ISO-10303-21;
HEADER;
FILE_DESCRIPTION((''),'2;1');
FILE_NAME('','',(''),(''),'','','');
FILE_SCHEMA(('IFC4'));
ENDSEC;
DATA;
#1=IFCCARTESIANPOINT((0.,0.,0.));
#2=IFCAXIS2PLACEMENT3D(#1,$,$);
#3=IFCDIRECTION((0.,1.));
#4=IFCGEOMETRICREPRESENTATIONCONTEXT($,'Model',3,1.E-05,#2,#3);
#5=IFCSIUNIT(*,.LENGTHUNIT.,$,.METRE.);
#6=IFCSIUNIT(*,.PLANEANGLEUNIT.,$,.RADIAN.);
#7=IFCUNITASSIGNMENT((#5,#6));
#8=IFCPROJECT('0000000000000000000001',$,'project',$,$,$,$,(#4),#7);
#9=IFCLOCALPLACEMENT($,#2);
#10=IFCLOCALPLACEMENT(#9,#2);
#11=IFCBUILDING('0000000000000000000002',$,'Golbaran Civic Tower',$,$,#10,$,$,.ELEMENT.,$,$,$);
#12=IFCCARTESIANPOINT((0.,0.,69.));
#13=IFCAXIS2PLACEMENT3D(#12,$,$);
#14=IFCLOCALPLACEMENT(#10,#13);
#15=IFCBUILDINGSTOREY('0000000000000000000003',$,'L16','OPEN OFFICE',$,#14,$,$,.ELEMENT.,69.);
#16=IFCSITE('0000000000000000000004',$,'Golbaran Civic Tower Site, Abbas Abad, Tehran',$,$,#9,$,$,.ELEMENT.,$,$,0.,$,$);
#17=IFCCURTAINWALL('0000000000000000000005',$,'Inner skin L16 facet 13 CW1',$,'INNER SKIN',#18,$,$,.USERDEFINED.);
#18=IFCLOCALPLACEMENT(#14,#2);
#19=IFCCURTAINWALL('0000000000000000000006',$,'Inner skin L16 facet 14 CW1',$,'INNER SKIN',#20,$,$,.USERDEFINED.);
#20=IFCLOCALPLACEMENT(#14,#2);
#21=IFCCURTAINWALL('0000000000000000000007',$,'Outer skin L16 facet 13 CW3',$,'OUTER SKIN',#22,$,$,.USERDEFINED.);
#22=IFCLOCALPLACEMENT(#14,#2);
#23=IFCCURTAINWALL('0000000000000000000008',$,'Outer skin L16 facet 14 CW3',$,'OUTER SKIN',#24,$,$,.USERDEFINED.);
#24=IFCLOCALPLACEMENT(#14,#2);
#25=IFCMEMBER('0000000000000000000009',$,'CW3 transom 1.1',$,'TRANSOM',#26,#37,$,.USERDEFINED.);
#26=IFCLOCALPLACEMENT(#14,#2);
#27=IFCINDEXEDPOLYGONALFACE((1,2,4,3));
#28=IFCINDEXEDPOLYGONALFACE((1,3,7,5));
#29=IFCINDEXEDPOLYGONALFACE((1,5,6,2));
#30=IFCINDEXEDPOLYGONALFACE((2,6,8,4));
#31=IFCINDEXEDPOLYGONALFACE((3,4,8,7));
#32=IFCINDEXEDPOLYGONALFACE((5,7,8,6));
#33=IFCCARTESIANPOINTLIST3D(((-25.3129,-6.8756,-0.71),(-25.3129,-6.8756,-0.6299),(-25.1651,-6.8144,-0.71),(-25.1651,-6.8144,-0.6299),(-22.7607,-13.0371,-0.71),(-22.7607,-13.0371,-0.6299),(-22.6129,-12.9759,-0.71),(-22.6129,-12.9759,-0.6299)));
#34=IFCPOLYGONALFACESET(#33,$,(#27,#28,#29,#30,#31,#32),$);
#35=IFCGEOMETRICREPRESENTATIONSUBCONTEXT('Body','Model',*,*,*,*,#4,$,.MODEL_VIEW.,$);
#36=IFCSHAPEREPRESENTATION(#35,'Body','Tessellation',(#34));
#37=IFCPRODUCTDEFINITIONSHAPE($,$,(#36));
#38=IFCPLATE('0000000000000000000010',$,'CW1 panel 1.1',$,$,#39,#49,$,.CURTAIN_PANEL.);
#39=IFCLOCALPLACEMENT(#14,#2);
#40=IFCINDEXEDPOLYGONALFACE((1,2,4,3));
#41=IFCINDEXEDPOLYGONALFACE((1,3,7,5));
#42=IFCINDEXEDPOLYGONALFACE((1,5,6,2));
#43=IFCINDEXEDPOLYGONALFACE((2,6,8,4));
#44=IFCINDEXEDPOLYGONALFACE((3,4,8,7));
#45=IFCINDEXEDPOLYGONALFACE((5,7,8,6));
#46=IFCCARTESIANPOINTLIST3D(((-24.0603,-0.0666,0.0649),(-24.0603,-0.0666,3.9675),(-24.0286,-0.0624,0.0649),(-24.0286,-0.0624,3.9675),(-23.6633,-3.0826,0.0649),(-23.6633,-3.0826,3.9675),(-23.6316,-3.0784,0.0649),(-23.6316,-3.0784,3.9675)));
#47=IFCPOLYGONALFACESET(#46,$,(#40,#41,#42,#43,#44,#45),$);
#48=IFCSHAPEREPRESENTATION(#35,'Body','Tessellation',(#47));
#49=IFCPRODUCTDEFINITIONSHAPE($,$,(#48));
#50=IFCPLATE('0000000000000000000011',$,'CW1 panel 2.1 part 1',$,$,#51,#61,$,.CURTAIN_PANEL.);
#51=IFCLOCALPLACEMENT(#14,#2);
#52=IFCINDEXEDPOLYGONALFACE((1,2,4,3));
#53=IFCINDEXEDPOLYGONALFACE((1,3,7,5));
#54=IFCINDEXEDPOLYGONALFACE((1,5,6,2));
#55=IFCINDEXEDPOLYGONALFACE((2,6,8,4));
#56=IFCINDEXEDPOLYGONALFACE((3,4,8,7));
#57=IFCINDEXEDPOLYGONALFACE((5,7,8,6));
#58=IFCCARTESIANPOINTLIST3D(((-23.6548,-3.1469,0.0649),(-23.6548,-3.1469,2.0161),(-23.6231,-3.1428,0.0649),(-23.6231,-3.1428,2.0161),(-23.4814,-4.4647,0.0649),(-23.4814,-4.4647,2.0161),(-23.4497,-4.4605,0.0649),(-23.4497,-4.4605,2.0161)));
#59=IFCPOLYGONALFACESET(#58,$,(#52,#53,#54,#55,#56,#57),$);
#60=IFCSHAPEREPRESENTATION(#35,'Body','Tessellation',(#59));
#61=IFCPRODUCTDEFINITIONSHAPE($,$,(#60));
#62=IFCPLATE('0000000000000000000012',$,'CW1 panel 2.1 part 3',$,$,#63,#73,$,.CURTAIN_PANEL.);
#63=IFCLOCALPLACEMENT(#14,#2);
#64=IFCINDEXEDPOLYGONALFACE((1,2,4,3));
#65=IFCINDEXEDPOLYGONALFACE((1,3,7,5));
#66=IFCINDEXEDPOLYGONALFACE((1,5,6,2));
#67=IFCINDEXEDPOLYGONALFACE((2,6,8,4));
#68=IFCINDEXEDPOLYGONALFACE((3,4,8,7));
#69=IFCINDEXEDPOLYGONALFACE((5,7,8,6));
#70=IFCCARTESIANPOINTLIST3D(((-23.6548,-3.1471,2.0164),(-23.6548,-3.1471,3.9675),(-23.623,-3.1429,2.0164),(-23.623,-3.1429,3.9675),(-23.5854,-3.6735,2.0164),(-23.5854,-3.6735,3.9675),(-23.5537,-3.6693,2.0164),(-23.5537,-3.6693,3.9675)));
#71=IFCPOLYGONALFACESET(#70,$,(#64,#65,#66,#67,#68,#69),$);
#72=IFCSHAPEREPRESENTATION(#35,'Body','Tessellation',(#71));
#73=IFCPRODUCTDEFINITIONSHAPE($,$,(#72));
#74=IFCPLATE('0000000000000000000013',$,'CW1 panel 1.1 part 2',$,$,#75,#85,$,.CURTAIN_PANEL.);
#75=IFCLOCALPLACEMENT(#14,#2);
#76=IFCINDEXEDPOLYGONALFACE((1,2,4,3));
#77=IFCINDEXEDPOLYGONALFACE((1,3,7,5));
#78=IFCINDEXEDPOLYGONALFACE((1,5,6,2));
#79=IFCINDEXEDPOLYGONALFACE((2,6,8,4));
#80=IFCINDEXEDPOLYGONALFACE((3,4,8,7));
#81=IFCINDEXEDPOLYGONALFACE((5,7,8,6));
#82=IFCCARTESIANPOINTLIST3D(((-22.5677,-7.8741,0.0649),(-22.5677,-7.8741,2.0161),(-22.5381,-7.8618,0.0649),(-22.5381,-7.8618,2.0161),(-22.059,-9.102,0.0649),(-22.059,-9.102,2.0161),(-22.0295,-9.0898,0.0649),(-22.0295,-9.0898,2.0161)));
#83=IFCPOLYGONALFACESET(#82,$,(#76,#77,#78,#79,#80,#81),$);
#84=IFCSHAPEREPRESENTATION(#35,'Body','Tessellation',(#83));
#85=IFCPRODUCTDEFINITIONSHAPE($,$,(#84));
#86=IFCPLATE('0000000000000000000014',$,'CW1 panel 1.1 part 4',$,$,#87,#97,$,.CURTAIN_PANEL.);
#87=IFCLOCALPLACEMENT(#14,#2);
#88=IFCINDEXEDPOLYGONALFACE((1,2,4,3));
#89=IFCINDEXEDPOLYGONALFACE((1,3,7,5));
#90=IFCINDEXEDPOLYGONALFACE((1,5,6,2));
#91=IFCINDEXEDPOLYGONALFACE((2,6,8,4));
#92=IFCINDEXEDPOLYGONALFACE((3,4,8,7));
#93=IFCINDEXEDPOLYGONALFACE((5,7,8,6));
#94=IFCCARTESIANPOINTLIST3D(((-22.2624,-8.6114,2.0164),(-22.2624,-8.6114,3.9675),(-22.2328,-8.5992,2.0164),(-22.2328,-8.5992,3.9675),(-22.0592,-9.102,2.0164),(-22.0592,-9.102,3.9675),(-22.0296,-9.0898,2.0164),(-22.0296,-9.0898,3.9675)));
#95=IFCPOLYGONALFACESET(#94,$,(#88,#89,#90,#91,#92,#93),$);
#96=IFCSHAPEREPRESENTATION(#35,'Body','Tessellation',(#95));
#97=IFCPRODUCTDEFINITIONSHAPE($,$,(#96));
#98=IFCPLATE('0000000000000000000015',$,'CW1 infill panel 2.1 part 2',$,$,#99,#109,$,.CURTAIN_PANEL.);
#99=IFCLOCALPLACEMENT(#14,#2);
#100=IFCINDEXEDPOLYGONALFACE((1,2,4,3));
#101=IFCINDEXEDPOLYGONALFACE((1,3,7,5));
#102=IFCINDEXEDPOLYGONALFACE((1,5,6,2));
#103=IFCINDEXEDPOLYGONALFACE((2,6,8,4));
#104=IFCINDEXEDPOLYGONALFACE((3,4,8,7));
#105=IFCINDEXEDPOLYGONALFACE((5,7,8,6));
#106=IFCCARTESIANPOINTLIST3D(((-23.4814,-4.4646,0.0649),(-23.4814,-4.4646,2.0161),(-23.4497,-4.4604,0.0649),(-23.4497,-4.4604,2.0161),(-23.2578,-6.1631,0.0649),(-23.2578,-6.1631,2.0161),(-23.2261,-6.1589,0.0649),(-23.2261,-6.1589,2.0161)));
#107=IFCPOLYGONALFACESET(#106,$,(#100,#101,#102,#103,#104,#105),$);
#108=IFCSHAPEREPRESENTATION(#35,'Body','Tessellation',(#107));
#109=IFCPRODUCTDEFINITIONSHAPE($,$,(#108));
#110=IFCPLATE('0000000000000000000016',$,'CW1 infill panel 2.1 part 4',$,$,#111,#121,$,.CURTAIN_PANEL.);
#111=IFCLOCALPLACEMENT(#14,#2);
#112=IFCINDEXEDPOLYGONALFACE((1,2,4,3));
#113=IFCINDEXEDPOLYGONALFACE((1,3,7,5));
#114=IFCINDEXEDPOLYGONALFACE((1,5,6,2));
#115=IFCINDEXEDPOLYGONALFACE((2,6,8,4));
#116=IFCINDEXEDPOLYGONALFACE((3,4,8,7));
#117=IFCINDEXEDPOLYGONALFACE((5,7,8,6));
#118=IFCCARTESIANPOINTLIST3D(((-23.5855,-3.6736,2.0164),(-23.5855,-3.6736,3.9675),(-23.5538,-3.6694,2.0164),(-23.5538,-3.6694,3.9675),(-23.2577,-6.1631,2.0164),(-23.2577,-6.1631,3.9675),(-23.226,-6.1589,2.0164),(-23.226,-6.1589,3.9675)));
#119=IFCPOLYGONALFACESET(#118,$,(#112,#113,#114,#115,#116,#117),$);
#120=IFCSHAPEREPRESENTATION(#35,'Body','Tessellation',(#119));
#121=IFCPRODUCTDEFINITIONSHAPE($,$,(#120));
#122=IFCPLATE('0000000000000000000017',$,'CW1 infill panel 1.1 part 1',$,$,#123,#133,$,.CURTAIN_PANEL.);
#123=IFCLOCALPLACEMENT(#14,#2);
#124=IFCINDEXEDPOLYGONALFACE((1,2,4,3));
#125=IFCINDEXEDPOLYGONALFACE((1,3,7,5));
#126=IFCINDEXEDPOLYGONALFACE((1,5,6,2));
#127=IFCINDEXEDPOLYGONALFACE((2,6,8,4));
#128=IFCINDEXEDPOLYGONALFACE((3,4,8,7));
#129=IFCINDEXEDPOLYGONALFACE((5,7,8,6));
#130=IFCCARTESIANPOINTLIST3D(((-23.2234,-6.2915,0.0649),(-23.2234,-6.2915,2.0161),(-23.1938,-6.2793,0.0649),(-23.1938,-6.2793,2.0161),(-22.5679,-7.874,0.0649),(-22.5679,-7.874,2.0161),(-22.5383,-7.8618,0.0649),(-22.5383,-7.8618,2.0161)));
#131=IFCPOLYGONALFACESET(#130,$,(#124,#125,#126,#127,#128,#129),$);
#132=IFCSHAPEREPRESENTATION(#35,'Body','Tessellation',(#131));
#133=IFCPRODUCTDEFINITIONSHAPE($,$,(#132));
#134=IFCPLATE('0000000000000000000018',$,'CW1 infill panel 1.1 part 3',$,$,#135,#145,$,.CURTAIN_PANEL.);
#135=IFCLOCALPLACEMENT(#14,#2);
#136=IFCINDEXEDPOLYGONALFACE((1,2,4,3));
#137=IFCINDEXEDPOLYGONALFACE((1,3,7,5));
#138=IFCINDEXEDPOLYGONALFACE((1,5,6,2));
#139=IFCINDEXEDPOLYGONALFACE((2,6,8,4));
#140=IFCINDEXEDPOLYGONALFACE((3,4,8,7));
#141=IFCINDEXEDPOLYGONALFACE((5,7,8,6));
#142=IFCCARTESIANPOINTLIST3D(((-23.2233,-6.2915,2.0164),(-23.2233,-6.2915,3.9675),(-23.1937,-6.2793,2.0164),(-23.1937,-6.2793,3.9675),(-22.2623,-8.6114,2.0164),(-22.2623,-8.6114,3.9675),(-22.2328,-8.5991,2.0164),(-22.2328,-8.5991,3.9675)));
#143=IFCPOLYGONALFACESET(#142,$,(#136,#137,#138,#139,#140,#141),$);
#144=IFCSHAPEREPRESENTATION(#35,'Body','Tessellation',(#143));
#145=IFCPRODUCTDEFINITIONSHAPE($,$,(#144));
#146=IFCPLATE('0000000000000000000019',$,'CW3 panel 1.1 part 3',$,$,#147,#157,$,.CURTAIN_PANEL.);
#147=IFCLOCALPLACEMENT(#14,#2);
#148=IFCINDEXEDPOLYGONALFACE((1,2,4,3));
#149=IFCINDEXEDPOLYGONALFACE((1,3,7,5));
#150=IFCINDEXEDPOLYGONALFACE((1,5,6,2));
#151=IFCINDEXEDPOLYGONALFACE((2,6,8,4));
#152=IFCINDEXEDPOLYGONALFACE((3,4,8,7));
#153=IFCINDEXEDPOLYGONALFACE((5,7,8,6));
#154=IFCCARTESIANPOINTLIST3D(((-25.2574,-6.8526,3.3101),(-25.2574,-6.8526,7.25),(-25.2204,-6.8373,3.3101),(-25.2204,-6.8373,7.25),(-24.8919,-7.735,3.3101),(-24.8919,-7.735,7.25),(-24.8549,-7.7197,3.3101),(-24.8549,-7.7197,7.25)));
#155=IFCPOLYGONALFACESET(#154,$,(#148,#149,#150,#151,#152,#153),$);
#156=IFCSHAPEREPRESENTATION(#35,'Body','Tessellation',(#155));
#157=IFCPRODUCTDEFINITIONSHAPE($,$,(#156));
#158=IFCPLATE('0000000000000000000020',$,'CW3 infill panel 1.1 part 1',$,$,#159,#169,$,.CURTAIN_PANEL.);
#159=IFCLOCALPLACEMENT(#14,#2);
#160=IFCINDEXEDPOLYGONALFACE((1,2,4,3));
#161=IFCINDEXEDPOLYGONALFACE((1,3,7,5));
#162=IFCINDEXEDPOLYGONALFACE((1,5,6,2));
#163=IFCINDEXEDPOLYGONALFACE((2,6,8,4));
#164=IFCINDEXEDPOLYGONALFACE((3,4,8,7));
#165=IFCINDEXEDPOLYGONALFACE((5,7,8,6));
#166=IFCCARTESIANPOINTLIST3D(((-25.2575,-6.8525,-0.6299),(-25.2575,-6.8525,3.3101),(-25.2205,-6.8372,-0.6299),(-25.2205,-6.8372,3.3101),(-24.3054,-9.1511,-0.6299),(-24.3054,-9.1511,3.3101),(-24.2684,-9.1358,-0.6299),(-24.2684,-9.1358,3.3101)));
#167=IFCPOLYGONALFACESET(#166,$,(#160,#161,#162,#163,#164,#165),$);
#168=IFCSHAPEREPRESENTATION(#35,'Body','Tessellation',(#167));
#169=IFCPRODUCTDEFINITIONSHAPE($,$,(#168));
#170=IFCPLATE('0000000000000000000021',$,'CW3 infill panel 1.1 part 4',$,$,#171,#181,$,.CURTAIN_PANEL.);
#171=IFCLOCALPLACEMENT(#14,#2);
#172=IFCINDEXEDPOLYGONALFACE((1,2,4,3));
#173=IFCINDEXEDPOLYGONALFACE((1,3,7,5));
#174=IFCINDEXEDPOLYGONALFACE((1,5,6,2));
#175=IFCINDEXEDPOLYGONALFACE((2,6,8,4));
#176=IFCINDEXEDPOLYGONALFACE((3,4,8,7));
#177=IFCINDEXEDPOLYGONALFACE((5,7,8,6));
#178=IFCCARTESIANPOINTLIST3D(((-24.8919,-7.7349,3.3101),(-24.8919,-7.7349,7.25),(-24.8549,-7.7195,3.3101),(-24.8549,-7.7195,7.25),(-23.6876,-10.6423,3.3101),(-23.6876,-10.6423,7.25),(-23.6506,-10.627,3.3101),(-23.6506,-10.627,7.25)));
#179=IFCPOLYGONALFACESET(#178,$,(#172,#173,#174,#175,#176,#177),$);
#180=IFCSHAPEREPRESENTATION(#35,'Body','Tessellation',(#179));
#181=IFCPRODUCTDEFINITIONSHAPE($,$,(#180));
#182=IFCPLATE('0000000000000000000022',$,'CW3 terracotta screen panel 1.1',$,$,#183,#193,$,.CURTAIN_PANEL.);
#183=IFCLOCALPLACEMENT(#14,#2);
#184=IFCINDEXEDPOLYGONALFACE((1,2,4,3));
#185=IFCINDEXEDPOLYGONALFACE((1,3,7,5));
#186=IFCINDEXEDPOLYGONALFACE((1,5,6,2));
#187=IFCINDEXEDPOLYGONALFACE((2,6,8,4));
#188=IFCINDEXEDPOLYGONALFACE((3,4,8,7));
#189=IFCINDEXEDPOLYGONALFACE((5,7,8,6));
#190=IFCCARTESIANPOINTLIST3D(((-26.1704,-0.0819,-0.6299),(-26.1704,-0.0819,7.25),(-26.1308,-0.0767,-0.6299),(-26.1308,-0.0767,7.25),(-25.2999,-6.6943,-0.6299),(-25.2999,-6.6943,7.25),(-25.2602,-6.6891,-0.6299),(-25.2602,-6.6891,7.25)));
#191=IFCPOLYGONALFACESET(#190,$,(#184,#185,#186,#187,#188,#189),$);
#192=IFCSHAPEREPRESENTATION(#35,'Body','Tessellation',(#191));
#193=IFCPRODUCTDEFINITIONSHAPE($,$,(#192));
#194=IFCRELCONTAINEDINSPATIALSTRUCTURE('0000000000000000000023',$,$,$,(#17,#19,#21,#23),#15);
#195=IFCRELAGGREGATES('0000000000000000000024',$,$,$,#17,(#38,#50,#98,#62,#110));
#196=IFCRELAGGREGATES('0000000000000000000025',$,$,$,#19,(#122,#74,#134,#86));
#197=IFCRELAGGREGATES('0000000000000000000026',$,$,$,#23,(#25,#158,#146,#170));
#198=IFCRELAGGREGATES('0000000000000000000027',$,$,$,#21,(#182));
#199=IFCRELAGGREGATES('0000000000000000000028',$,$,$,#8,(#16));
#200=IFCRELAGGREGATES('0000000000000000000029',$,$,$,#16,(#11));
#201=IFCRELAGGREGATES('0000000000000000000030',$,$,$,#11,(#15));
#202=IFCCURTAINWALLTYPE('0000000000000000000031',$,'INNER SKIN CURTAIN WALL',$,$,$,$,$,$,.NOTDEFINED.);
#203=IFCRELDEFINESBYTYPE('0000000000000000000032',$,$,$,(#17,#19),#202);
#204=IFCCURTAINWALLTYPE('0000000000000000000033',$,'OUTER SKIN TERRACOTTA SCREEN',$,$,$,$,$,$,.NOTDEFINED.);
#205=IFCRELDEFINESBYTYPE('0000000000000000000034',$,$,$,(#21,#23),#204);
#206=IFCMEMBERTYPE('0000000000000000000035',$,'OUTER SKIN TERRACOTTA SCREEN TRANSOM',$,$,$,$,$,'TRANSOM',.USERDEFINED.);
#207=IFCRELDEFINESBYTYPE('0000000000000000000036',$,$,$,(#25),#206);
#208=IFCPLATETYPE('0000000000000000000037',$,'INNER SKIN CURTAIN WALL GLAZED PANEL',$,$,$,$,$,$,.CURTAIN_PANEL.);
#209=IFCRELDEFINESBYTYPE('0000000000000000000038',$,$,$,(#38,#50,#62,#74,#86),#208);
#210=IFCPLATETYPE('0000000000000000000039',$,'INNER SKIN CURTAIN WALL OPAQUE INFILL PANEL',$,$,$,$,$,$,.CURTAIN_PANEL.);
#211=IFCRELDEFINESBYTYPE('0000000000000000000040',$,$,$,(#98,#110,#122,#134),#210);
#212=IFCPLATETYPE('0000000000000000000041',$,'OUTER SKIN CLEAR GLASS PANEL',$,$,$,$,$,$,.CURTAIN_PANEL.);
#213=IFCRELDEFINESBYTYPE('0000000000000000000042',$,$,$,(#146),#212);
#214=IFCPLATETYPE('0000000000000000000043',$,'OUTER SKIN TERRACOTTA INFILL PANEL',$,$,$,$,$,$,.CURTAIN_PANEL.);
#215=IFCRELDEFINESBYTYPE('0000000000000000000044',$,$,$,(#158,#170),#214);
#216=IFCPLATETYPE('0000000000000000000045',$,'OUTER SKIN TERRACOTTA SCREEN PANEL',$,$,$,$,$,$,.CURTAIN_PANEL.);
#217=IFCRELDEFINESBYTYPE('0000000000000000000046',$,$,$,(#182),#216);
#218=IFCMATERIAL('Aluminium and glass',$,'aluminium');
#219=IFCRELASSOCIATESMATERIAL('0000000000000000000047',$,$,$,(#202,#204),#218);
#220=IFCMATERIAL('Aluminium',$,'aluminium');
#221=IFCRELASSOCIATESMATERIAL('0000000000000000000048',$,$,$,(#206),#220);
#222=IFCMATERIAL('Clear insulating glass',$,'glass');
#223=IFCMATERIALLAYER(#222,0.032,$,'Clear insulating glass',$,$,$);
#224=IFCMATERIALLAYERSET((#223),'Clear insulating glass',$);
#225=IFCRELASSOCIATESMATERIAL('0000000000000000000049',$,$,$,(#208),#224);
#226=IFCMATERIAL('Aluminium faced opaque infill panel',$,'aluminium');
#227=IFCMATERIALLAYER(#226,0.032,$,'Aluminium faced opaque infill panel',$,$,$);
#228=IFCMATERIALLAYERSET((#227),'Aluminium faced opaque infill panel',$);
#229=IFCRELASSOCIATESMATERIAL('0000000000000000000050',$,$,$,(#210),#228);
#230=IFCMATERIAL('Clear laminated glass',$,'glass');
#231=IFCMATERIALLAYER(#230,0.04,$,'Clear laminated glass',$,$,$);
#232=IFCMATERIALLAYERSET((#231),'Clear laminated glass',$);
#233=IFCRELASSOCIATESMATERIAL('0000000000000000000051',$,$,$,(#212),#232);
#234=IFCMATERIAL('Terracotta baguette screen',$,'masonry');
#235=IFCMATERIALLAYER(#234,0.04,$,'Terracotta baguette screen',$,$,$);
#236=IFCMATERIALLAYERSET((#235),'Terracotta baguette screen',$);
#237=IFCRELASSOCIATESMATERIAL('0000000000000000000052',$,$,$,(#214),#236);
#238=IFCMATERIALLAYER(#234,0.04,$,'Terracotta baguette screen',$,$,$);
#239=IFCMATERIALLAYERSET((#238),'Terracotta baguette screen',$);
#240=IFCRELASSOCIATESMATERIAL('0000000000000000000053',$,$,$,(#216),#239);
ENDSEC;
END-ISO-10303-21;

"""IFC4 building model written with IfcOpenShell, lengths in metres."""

from ifc_helpers import new_model, si_unit, direction, frame, origin, origin_2d, place, context, subcontext, project, spatial, rectangle, extrude, material, layer, layer_set, material_profile, profile_set, type_object, element, aggregate, save


model = new_model("IFC4")

# Units and contexts
model_context = context("Model", 3, precision=1e-05, world=origin(), true_north=direction((0.0, 1.0)))
body_context = subcontext(model_context, "Body", "Model", "MODEL_VIEW")
ifc_project = project(units=[si_unit("LENGTHUNIT", "METRE"), si_unit("PLANEANGLEUNIT", "RADIAN")], contexts=[model_context])

# Site, building, storey
site_placement = place(None, origin())
site = spatial("IfcSite", under=ifc_project, at=site_placement, Name="Golbaran Civic Tower Site, Abbas Abad, Tehran", CompositionType="ELEMENT", RefElevation=0.0)
building_placement = place(site_placement, origin())
building = spatial("IfcBuilding", under=site, at=building_placement, Name="Golbaran Civic Tower", CompositionType="ELEMENT")
storey_placement = place(building_placement, frame((0.0, 0.0, 69.0)))
storey = spatial("IfcBuildingStorey", under=building, at=storey_placement, Name="L16", Description="OPEN OFFICE", CompositionType="ELEMENT", Elevation=69.0)

# Curtain walls
ifc_material_1 = material(Name="Aluminium and glass", Category="aluminium")
curtain_wall_type_1 = type_object("IfcCurtainWallType", Name="INNER SKIN CURTAIN WALL", PredefinedType="NOTDEFINED", material=ifc_material_1)
curtain_wall_1_placement = place(storey_placement, origin())
curtain_wall_1 = element("IfcCurtainWall", 1, at=curtain_wall_1_placement, inside=storey, type_object=curtain_wall_type_1, Name="Inner skin L16 facet 13 CW1", ObjectType="INNER SKIN", PredefinedType="USERDEFINED")
ifc_material_2 = material(Name="Aluminium", Category="aluminium")
curtain_wall_2_placement = place(storey_placement, origin())
curtain_wall_2 = element("IfcCurtainWall", 2, at=curtain_wall_2_placement, inside=storey, type_object=curtain_wall_type_1, Name="Inner skin L16 facet 14 CW1", ObjectType="INNER SKIN", PredefinedType="USERDEFINED")

# Curtain wall
curtain_wall_type_2 = type_object("IfcCurtainWallType", Name="OUTER SKIN TERRACOTTA SCREEN", PredefinedType="NOTDEFINED", material=ifc_material_1)
curtain_wall_3_placement = place(storey_placement, origin())
curtain_wall_3 = element("IfcCurtainWall", 3, at=curtain_wall_3_placement, inside=storey, type_object=curtain_wall_type_2, Name="Outer skin L16 facet 13 CW3", ObjectType="OUTER SKIN", PredefinedType="USERDEFINED")

# Curtain wall
curtain_wall_4_placement = place(storey_placement, origin())
curtain_wall_4 = element("IfcCurtainWall", 4, at=curtain_wall_4_placement, inside=storey, type_object=curtain_wall_type_2, Name="Outer skin L16 facet 14 CW3", ObjectType="OUTER SKIN", PredefinedType="USERDEFINED")

# Member
ifc_material_profile_1 = material_profile(ifc_material_2, rectangle(XDim=0.1599, YDim=0.0801, at=origin_2d()), Name="OUTER SKIN TERRACOTTA SCREEN TRANSOM")
ifc_profile_set_1 = profile_set([ifc_material_profile_1], Name="Aluminium")
member_type_1 = type_object("IfcMemberType", Name="OUTER SKIN TERRACOTTA SCREEN TRANSOM", ElementType="TRANSOM", PredefinedType="USERDEFINED", material=ifc_profile_set_1)
member_1_placement = place(storey_placement, frame((-25.239, -6.845, -0.6699), z_axis=(0.382686, -0.923879, 0.0), x_axis=(0.923879, 0.382686, 0.0)))
member_1 = element("IfcMember", 5, at=member_1_placement, type_object=member_type_1, Name="CW3 transom 1.1", ObjectType="TRANSOM", PredefinedType="USERDEFINED", context=body_context, shape_type="SweptSolid", body=[
    extrude(rectangle(XDim=0.1599, YDim=0.0801, at=origin_2d()), origin(), (0.0, 0.0, 1.0), 6.6692),
])

# Plates
ifc_material_3 = material(Name="Clear insulating glass", Category="glass")
ifc_layer_1 = layer(ifc_material_3, 0.032, Name="Clear insulating glass")
ifc_layer_set_1 = layer_set([ifc_layer_1], Name="Clear insulating glass")
plate_type_1 = type_object("IfcPlateType", Name="INNER SKIN CURTAIN WALL GLAZED PANEL", PredefinedType="CURTAIN_PANEL", material=ifc_layer_set_1)
plate_1_placement = place(storey_placement, frame((-23.8459, -1.5725, 0.0649), z_axis=(0.0, 0.0, 1.0), x_axis=(0.130526, -0.991445, 0.0)))
plate_1 = element("IfcPlate", 6, at=plate_1_placement, type_object=plate_type_1, Name="CW1 panel 1.1", PredefinedType="CURTAIN_PANEL", context=body_context, shape_type="SweptSolid", body=[
    extrude(rectangle(XDim=3.042, YDim=0.032, at=origin_2d()), origin(), (0.0, 0.0, 1.0), 3.9026),
])
plate_2_placement = place(storey_placement, frame((-23.5522, -3.8037, 0.0649), z_axis=(0.0, 0.0, 1.0), x_axis=(0.130526, -0.991445, 0.0)))
plate_2 = element("IfcPlate", 7, at=plate_2_placement, type_object=plate_type_1, Name="CW1 panel 2.1 part 1", PredefinedType="CURTAIN_PANEL", context=body_context, shape_type="SweptSolid", body=[
    extrude(rectangle(XDim=1.3291, YDim=0.032, at=origin_2d()), origin(), (0.0, 0.0, 1.0), 1.9512),
])
plate_3_placement = place(storey_placement, frame((-23.6042, -3.4082, 2.0164), z_axis=(0.0, 0.0, 1.0), x_axis=(0.130526, -0.991445, 0.0)))
plate_3 = element("IfcPlate", 8, at=plate_3_placement, type_object=plate_type_1, Name="CW1 panel 2.1 part 3", PredefinedType="CURTAIN_PANEL", context=body_context, shape_type="SweptSolid", body=[
    extrude(rectangle(XDim=0.531, YDim=0.032, at=origin_2d()), origin(), (0.0, 0.0, 1.0), 1.9512),
])
plate_4_placement = place(storey_placement, frame((-22.2986, -8.4819, 0.0649), z_axis=(0.0, 0.0, 1.0), x_axis=(0.382683, -0.92388, 0.0)))
plate_4 = element("IfcPlate", 9, at=plate_4_placement, type_object=plate_type_1, Name="CW1 panel 1.1 part 2", PredefinedType="CURTAIN_PANEL", context=body_context, shape_type="SweptSolid", body=[
    extrude(rectangle(XDim=1.3291, YDim=0.032, at=origin_2d()), origin(), (0.0, 0.0, 1.0), 1.9512),
])
plate_5_placement = place(storey_placement, frame((-22.146, -8.8506, 2.0164), z_axis=(0.0, 0.0, 1.0), x_axis=(0.382683, -0.92388, 0.0)))
plate_5 = element("IfcPlate", 10, at=plate_5_placement, type_object=plate_type_1, Name="CW1 panel 1.1 part 4", PredefinedType="CURTAIN_PANEL", context=body_context, shape_type="SweptSolid", body=[
    extrude(rectangle(XDim=0.531, YDim=0.032, at=origin_2d()), origin(), (0.0, 0.0, 1.0), 1.9512),
])
ifc_material_4 = material(Name="Aluminium faced opaque infill panel", Category="aluminium")
ifc_layer_2 = layer(ifc_material_4, 0.032, Name="Aluminium faced opaque infill panel")
ifc_layer_set_2 = layer_set([ifc_layer_2], Name="Aluminium faced opaque infill panel")
plate_type_2 = type_object("IfcPlateType", Name="INNER SKIN CURTAIN WALL OPAQUE INFILL PANEL", PredefinedType="CURTAIN_PANEL", material=ifc_layer_set_2)
plate_6_placement = place(storey_placement, frame((-23.3538, -5.3118, 0.0649), z_axis=(0.0, 0.0, 1.0), x_axis=(0.130526, -0.991445, 0.0)))
plate_6 = element("IfcPlate", 11, at=plate_6_placement, type_object=plate_type_2, Name="CW1 infill panel 2.1 part 2", PredefinedType="CURTAIN_PANEL", context=body_context, shape_type="SweptSolid", body=[
    extrude(rectangle(XDim=1.7131, YDim=0.032, at=origin_2d()), origin(), (0.0, 0.0, 1.0), 1.9512),
])
plate_7_placement = place(storey_placement, frame((-23.4058, -4.9163, 2.0164), z_axis=(0.0, 0.0, 1.0), x_axis=(0.130526, -0.991445, 0.0)))
plate_7 = element("IfcPlate", 12, at=plate_7_placement, type_object=plate_type_2, Name="CW1 infill panel 2.1 part 4", PredefinedType="CURTAIN_PANEL", context=body_context, shape_type="SweptSolid", body=[
    extrude(rectangle(XDim=2.511, YDim=0.032, at=origin_2d()), origin(), (0.0, 0.0, 1.0), 1.9512),
])
aggregate(curtain_wall_1, [plate_1, plate_2, plate_6, plate_3, plate_7])
plate_8_placement = place(storey_placement, frame((-22.8809, -7.0767, 0.0649), z_axis=(0.0, 0.0, 1.0), x_axis=(0.382683, -0.92388, 0.0)))
plate_8 = element("IfcPlate", 13, at=plate_8_placement, type_object=plate_type_2, Name="CW1 infill panel 1.1 part 1", PredefinedType="CURTAIN_PANEL", context=body_context, shape_type="SweptSolid", body=[
    extrude(rectangle(XDim=1.7129, YDim=0.032, at=origin_2d()), origin(), (0.0, 0.0, 1.0), 1.9512),
])
plate_9_placement = place(storey_placement, frame((-22.728, -7.4453, 2.0164), z_axis=(0.0, 0.0, 1.0), x_axis=(0.382683, -0.92388, 0.0)))
plate_9 = element("IfcPlate", 14, at=plate_9_placement, type_object=plate_type_2, Name="CW1 infill panel 1.1 part 3", PredefinedType="CURTAIN_PANEL", context=body_context, shape_type="SweptSolid", body=[
    extrude(rectangle(XDim=2.511, YDim=0.032, at=origin_2d()), origin(), (0.0, 0.0, 1.0), 1.9512),
])
aggregate(curtain_wall_2, [plate_8, plate_4, plate_9, plate_5])
ifc_material_5 = material(Name="Clear laminated glass", Category="glass")
ifc_layer_3 = layer(ifc_material_5, 0.04, Name="Clear laminated glass")
ifc_layer_set_3 = layer_set([ifc_layer_3], Name="Clear laminated glass")
plate_type_3 = type_object("IfcPlateType", Name="OUTER SKIN CLEAR GLASS PANEL", PredefinedType="CURTAIN_PANEL", material=ifc_layer_set_3)
plate_10_placement = place(storey_placement, frame((-25.0562, -7.2861, 3.3101), z_axis=(0.0, 0.0, 1.0), x_axis=(0.382683, -0.92388, 0.0)))
plate_10 = element("IfcPlate", 15, at=plate_10_placement, type_object=plate_type_3, Name="CW3 panel 1.1 part 3", PredefinedType="CURTAIN_PANEL", context=body_context, shape_type="SweptSolid", body=[
    extrude(rectangle(XDim=0.9551, YDim=0.04, at=origin_2d()), origin(), (0.0, 0.0, 1.0), 3.9399),
])
ifc_material_6 = material(Name="Terracotta baguette screen", Category="masonry")
ifc_layer_4 = layer(ifc_material_6, 0.04, Name="Terracotta baguette screen")
ifc_layer_set_4 = layer_set([ifc_layer_4], Name="Terracotta baguette screen")
plate_type_4 = type_object("IfcPlateType", Name="OUTER SKIN TERRACOTTA INFILL PANEL", PredefinedType="CURTAIN_PANEL", material=ifc_layer_set_4)
plate_11_placement = place(storey_placement, frame((-24.7629, -7.9941, -0.6299), z_axis=(0.0, 0.0, 1.0), x_axis=(0.382683, -0.92388, 0.0)))
plate_11 = element("IfcPlate", 16, at=plate_11_placement, type_object=plate_type_4, Name="CW3 infill panel 1.1 part 1", PredefinedType="CURTAIN_PANEL", context=body_context, shape_type="SweptSolid", body=[
    extrude(rectangle(XDim=2.488, YDim=0.04, at=origin_2d()), origin(), (0.0, 0.0, 1.0), 3.9399),
])
plate_12_placement = place(storey_placement, frame((-24.2712, -9.1809, 3.3101), z_axis=(0.0, 0.0, 1.0), x_axis=(0.382683, -0.92388, 0.0)))
plate_12 = element("IfcPlate", 17, at=plate_12_placement, type_object=plate_type_4, Name="CW3 infill panel 1.1 part 4", PredefinedType="CURTAIN_PANEL", context=body_context, shape_type="SweptSolid", body=[
    extrude(rectangle(XDim=3.147, YDim=0.04, at=origin_2d()), origin(), (0.0, 0.0, 1.0), 3.9399),
])
aggregate(curtain_wall_4, [member_1, plate_11, plate_10, plate_12])
ifc_layer_5 = layer(ifc_material_6, 0.04, Name="Terracotta baguette screen")
ifc_layer_set_5 = layer_set([ifc_layer_5], Name="Terracotta baguette screen")
plate_type_5 = type_object("IfcPlateType", Name="OUTER SKIN TERRACOTTA SCREEN PANEL", PredefinedType="CURTAIN_PANEL", material=ifc_layer_set_5)
plate_13_placement = place(storey_placement, frame((-25.7153, -3.3855, -0.6299), z_axis=(0.0, 0.0, 1.0), x_axis=(0.130526, -0.991445, 0.0)))
plate_13 = element("IfcPlate", 18, at=plate_13_placement, type_object=plate_type_5, Name="CW3 terracotta screen panel 1.1", PredefinedType="CURTAIN_PANEL", context=body_context, shape_type="SweptSolid", body=[
    extrude(rectangle(XDim=6.6694, YDim=0.04, at=origin_2d()), origin(), (0.0, 0.0, 1.0), 7.8799),
])
aggregate(curtain_wall_3, [plate_13])

save(model, "model.ifc")
